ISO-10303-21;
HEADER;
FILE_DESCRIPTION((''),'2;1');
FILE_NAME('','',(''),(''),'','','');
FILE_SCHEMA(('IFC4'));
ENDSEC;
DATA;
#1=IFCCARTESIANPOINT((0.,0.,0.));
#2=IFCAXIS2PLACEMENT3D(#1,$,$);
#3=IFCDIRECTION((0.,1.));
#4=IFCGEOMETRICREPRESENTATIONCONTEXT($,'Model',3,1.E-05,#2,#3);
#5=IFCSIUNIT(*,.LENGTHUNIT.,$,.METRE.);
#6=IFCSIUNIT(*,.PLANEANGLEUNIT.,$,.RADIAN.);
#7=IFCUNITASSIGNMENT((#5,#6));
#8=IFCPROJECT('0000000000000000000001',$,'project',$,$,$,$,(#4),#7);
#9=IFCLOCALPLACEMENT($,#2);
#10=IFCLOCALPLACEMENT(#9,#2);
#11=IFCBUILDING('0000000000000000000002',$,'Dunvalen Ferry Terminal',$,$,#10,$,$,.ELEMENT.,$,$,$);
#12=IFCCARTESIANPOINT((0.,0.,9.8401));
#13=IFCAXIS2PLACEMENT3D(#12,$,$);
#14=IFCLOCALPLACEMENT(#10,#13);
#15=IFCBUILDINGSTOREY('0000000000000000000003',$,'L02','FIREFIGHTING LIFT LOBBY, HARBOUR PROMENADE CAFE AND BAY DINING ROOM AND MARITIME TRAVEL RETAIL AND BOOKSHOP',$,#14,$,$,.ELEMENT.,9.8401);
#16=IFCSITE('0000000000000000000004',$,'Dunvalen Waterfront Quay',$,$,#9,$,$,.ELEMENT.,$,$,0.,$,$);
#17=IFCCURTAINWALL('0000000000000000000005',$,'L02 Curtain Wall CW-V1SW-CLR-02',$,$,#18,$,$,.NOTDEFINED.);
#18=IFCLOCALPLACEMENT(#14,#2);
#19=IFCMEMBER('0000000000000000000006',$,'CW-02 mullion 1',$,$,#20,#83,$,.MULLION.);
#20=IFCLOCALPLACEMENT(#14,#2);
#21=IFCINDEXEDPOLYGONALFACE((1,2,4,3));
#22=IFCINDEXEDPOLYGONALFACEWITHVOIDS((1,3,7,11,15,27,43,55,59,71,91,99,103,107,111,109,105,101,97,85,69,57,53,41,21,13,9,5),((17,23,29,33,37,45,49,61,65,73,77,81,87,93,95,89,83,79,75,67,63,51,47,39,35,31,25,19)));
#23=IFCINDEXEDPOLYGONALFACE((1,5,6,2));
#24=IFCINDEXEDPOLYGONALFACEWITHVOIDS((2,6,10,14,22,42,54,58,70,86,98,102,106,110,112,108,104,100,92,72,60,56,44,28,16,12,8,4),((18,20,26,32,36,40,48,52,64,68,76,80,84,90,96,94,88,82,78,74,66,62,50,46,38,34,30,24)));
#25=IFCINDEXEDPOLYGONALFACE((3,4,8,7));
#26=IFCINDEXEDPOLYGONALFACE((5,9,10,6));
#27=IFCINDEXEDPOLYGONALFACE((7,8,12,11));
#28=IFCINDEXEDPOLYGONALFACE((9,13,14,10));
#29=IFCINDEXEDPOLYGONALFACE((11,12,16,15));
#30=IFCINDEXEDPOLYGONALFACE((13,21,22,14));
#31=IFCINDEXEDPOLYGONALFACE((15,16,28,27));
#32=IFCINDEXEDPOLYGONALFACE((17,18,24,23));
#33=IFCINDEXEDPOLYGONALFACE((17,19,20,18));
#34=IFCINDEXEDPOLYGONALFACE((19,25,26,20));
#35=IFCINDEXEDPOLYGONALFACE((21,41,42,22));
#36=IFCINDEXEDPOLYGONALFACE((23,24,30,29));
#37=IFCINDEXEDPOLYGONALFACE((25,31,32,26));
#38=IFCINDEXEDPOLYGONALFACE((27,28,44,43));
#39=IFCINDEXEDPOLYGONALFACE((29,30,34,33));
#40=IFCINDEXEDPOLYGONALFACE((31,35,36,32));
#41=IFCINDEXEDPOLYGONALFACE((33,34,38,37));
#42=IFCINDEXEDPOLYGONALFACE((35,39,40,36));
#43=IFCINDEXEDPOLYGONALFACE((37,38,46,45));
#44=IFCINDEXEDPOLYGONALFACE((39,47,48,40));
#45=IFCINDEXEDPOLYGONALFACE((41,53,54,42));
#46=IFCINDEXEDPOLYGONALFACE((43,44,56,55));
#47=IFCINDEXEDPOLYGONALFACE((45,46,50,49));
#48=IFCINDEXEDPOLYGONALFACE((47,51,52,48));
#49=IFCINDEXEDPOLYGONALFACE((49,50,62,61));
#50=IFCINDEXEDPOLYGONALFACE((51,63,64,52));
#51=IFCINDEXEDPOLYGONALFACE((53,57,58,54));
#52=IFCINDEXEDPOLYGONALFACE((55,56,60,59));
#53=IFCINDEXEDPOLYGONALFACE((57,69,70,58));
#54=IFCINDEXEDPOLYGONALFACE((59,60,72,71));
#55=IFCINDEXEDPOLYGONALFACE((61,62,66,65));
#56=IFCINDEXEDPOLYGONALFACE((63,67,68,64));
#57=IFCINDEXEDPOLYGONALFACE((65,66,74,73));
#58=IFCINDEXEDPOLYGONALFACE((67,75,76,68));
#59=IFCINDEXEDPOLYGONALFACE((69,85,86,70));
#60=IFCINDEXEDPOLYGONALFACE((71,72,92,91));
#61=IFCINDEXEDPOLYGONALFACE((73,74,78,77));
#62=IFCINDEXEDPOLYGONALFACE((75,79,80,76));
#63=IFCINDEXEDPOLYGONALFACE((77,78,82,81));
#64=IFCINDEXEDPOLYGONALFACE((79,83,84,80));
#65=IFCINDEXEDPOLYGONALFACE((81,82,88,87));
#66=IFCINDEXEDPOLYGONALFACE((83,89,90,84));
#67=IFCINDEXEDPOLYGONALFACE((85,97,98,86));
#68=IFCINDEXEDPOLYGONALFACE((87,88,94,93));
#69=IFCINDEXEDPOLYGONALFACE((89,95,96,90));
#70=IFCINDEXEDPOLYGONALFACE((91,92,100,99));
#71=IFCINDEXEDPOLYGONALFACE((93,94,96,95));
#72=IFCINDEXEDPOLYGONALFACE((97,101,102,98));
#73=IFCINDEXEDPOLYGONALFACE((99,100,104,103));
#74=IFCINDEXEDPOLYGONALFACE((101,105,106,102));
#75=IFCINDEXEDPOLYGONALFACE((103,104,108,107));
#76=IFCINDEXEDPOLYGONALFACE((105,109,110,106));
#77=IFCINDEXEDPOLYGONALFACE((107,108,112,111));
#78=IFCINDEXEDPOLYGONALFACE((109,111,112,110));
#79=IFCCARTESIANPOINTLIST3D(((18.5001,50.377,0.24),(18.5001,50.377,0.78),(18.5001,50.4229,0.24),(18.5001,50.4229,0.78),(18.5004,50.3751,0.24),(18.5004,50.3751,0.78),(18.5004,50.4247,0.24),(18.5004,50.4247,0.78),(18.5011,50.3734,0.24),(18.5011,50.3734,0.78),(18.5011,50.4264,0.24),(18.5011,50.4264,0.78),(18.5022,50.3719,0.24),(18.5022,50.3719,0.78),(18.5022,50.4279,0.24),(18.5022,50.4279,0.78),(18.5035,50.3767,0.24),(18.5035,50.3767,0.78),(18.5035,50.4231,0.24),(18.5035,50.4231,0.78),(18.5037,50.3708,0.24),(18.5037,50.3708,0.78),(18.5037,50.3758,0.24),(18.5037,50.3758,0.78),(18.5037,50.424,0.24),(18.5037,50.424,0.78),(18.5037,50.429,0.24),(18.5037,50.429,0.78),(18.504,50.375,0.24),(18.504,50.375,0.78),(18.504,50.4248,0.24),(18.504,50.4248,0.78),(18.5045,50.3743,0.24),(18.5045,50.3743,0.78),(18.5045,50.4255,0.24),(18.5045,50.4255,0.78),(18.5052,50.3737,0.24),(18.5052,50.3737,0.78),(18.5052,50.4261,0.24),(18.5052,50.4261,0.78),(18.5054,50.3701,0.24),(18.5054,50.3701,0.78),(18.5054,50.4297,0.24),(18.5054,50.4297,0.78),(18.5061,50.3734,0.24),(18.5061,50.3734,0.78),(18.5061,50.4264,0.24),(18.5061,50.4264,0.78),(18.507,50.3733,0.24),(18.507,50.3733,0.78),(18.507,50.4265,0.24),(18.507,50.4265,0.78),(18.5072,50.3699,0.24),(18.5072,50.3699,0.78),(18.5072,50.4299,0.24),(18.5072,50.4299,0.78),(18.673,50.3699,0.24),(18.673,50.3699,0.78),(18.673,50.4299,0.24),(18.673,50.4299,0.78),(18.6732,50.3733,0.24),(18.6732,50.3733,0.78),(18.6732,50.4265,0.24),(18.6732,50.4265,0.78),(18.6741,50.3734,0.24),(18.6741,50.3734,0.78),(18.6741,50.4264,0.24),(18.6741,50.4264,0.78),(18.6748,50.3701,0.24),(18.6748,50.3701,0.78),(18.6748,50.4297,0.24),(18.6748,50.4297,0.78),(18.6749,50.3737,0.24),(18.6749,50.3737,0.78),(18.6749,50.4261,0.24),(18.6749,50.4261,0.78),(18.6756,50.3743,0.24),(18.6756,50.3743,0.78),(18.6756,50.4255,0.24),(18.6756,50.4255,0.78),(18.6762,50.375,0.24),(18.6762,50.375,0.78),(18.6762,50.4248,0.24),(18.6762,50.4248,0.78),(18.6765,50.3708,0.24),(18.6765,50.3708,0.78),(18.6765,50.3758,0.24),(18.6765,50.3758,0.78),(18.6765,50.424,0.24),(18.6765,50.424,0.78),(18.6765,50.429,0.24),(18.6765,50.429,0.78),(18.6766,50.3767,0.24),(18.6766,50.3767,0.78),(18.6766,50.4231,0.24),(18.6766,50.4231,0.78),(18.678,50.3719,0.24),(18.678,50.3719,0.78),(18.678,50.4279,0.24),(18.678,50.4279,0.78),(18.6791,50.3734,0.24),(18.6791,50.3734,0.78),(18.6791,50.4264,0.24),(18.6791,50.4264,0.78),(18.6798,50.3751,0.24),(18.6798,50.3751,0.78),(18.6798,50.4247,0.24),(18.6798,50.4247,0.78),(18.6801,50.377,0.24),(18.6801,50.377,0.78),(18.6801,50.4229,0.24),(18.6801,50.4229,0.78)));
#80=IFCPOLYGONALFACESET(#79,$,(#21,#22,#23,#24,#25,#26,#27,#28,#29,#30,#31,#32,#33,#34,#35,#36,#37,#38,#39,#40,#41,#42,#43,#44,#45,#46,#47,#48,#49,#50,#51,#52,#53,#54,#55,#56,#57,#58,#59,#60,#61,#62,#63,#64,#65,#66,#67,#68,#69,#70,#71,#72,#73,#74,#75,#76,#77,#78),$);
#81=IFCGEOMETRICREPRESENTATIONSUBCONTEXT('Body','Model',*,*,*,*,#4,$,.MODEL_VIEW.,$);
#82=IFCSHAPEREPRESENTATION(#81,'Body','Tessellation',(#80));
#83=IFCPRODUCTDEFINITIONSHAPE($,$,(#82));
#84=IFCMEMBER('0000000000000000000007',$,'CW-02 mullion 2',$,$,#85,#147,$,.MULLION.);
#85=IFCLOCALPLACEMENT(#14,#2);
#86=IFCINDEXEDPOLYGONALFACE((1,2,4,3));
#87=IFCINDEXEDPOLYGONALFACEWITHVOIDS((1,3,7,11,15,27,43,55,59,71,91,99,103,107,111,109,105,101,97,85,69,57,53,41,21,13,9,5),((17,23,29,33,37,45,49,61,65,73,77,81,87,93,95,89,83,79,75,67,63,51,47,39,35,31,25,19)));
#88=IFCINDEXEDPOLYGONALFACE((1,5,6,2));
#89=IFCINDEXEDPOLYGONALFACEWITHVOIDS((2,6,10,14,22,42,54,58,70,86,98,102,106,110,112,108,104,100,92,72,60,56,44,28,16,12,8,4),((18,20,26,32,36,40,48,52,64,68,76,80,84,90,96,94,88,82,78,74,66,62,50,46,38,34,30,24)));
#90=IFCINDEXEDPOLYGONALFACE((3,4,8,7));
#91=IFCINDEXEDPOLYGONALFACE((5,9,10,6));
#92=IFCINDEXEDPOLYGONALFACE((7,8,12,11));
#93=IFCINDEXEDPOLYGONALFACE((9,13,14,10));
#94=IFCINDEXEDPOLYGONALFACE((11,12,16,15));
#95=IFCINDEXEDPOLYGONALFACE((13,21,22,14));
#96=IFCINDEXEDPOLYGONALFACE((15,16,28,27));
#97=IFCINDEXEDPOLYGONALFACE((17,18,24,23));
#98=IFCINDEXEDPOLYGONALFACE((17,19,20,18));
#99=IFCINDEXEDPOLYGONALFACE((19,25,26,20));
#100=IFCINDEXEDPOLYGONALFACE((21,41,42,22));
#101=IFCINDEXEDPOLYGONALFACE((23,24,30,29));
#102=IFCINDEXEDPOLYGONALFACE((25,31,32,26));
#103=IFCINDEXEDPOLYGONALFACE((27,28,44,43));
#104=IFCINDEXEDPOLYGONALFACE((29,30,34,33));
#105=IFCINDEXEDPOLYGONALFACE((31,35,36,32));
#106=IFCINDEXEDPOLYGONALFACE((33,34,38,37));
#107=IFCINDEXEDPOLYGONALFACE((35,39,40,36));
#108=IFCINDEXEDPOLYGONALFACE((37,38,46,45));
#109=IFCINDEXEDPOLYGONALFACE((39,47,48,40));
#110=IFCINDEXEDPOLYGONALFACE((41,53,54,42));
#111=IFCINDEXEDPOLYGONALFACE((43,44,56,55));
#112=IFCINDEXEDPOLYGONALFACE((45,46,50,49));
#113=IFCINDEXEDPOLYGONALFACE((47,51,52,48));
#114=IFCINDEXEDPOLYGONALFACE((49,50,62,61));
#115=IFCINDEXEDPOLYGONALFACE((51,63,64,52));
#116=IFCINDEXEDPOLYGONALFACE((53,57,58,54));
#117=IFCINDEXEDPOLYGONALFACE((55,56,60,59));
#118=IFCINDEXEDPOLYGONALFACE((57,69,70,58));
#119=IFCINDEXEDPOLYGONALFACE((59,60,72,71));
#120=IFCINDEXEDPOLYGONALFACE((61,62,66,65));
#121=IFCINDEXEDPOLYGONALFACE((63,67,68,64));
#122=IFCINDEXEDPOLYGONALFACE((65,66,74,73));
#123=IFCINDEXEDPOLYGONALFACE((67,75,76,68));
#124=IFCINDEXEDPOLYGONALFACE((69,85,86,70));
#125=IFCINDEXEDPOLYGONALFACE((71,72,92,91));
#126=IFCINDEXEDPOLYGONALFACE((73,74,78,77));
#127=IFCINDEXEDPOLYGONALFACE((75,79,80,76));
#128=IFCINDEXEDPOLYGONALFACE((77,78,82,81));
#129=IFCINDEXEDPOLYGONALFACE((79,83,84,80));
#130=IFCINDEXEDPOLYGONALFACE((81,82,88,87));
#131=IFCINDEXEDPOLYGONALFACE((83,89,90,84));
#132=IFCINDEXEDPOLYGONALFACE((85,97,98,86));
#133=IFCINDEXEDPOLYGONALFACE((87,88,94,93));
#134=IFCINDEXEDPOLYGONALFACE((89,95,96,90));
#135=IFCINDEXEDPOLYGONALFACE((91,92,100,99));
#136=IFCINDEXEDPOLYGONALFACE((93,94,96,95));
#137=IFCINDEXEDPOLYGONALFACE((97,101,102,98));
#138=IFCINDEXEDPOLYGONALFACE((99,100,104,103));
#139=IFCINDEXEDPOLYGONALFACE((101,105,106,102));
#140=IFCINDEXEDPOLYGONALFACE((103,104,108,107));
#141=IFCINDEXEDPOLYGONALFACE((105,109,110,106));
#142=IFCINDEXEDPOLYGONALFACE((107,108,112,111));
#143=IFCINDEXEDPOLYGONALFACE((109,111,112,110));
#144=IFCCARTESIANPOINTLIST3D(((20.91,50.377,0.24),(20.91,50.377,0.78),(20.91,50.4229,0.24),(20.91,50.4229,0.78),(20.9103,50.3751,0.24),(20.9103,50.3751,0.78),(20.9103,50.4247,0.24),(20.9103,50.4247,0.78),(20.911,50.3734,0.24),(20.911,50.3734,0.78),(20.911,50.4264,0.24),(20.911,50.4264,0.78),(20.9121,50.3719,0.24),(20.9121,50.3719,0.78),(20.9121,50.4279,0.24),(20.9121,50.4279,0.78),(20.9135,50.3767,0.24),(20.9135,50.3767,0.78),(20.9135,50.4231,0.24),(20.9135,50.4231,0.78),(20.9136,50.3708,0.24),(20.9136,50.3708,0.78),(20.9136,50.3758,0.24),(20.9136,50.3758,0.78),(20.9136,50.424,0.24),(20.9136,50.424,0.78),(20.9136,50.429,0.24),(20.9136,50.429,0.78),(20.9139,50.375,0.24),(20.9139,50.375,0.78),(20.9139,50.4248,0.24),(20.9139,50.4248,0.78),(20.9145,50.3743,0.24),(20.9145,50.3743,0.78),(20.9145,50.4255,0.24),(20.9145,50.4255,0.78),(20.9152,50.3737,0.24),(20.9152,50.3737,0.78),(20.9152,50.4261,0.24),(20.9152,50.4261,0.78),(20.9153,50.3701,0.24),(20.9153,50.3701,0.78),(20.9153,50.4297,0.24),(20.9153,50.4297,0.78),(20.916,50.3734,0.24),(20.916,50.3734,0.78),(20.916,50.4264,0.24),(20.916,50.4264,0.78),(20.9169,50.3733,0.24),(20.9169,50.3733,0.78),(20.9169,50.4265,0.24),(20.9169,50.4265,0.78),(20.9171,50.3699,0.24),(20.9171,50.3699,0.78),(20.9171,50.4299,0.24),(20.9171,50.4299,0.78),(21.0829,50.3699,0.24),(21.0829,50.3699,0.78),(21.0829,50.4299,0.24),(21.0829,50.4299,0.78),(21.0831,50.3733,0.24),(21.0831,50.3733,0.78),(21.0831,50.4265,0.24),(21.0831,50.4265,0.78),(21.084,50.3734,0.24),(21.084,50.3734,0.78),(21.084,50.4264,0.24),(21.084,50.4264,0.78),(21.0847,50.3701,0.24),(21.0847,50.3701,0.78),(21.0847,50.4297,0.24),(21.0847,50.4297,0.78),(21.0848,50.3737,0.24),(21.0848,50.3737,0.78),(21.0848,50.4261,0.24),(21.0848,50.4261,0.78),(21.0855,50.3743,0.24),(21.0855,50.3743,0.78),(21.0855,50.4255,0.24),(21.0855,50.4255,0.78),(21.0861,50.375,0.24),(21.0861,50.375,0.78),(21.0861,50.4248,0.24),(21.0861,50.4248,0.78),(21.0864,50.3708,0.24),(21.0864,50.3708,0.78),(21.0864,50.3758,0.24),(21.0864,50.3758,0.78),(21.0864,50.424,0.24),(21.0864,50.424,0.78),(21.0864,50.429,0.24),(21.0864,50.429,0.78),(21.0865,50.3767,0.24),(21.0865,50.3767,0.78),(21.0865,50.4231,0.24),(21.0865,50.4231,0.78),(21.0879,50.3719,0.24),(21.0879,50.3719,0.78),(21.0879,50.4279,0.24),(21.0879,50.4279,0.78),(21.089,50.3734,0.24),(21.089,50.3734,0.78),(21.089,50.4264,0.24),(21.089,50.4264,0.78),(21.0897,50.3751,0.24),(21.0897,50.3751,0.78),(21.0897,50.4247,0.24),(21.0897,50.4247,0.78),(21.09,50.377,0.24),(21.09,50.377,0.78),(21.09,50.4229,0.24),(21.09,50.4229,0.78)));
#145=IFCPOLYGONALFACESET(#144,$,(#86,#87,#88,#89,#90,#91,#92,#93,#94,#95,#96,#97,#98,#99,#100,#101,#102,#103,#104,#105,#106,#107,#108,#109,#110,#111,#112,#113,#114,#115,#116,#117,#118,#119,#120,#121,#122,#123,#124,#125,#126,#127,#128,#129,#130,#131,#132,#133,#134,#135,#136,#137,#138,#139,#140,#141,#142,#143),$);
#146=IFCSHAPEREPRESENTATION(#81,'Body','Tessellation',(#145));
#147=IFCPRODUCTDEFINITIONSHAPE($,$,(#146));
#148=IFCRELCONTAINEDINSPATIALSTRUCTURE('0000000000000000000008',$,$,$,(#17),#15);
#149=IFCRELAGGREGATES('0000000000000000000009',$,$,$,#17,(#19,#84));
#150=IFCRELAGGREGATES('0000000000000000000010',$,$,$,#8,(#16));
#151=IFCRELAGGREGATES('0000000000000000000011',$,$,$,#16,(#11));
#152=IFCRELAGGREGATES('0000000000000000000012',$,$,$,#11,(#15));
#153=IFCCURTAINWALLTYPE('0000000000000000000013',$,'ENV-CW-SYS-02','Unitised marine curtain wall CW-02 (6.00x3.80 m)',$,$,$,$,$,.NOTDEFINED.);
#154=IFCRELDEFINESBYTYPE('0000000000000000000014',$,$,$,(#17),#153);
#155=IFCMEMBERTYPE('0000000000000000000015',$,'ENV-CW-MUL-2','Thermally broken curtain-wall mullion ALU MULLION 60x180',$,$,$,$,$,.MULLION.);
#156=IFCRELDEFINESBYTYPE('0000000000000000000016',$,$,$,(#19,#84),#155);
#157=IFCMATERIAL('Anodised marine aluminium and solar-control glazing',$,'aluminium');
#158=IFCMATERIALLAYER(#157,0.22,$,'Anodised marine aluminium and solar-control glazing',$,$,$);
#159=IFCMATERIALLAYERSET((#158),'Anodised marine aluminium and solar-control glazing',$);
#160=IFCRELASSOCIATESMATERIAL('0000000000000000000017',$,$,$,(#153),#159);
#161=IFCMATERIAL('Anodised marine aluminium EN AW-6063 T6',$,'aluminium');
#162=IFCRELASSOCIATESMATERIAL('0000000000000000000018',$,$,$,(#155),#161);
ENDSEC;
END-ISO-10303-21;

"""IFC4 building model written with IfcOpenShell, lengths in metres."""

from ifc_helpers import new_model, si_unit, direction, frame, origin, origin_2d, place, context, subcontext, project, spatial, hollow_rectangle, extrude, material, layer, layer_set, material_profile, profile_set, type_object, element, aggregate, save


model = new_model("IFC4")

# Units and contexts
model_context = context("Model", 3, precision=1e-05, world=origin(), true_north=direction((0.0, 1.0)))
body_context = subcontext(model_context, "Body", "Model", "MODEL_VIEW")
ifc_project = project(units=[si_unit("LENGTHUNIT", "METRE"), si_unit("PLANEANGLEUNIT", "RADIAN")], contexts=[model_context])

# Site, building, storey
site_placement = place(None, origin())
site = spatial("IfcSite", under=ifc_project, at=site_placement, Name="Dunvalen Waterfront Quay", CompositionType="ELEMENT", RefElevation=0.0)
building_placement = place(site_placement, origin())
building = spatial("IfcBuilding", under=site, at=building_placement, Name="Dunvalen Ferry Terminal", CompositionType="ELEMENT")
storey_placement = place(building_placement, frame((0.0, 0.0, 9.8401)))
storey = spatial("IfcBuildingStorey", under=building, at=storey_placement, Name="L02", Description="FIREFIGHTING LIFT LOBBY, HARBOUR PROMENADE CAFE AND BAY DINING ROOM AND MARITIME TRAVEL RETAIL AND BOOKSHOP", CompositionType="ELEMENT", Elevation=9.8401)

# Curtain wall, members
ifc_material_1 = material(Name="Anodised marine aluminium and solar-control glazing", Category="aluminium")
ifc_layer_1 = layer(ifc_material_1, 0.22, Name="Anodised marine aluminium and solar-control glazing")
ifc_layer_set_1 = layer_set([ifc_layer_1], Name="Anodised marine aluminium and solar-control glazing")
curtain_wall_type = type_object("IfcCurtainWallType", Name="ENV-CW-SYS-02", Description="Unitised marine curtain wall CW-02 (6.00x3.80 m)", PredefinedType="NOTDEFINED", material=ifc_layer_set_1)
ifc_material_2 = material(Name="Anodised marine aluminium EN AW-6063 T6", Category="aluminium")
ifc_material_profile_1 = material_profile(ifc_material_2, hollow_rectangle(XDim=0.0601, YDim=0.1799, WallThickness=0.0034, InnerFilletRadius=0.0034, OuterFilletRadius=0.0071, at=origin_2d()), Name="Anodised marine aluminium EN AW-6063 T6")
ifc_profile_set_1 = profile_set([ifc_material_profile_1], Name="Anodised marine aluminium EN AW-6063 T6")
member_type_1 = type_object("IfcMemberType", Name="ENV-CW-MUL-2", Description="Thermally broken curtain-wall mullion ALU MULLION 60x180", PredefinedType="MULLION", material=ifc_profile_set_1)
curtain_wall_1_placement = place(storey_placement, origin())
curtain_wall_1 = element("IfcCurtainWall", 1, at=curtain_wall_1_placement, inside=storey, type_object=curtain_wall_type, Name="L02 Curtain Wall CW-V1SW-CLR-02", PredefinedType="NOTDEFINED")
member_1_placement = place(storey_placement, frame((18.5901, 50.3999, 0.24), z_axis=(0.0, 0.0, 1.0), x_axis=(0.0, 1.0, 0.0)))
member_1 = element("IfcMember", 2, at=member_1_placement, type_object=member_type_1, Name="CW-02 mullion 1", PredefinedType="MULLION", context=body_context, shape_type="SweptSolid", body=[
    extrude(hollow_rectangle(XDim=0.0601, YDim=0.1799, WallThickness=0.0034, InnerFilletRadius=0.0034, OuterFilletRadius=0.0071, at=origin_2d()), origin(), (0.0, 0.0, 1.0), 0.54),
])
member_2_placement = place(storey_placement, frame((21.0, 50.3999, 0.24), z_axis=(0.0, 0.0, 1.0), x_axis=(0.0, 1.0, 0.0)))
member_2 = element("IfcMember", 3, at=member_2_placement, type_object=member_type_1, Name="CW-02 mullion 2", PredefinedType="MULLION", context=body_context, shape_type="SweptSolid", body=[
    extrude(hollow_rectangle(XDim=0.0601, YDim=0.1799, WallThickness=0.0034, InnerFilletRadius=0.0034, OuterFilletRadius=0.0071, at=origin_2d()), origin(), (0.0, 0.0, 1.0), 0.54),
])

aggregate(curtain_wall_1, [member_1, member_2])

save(model, "model.ifc")
